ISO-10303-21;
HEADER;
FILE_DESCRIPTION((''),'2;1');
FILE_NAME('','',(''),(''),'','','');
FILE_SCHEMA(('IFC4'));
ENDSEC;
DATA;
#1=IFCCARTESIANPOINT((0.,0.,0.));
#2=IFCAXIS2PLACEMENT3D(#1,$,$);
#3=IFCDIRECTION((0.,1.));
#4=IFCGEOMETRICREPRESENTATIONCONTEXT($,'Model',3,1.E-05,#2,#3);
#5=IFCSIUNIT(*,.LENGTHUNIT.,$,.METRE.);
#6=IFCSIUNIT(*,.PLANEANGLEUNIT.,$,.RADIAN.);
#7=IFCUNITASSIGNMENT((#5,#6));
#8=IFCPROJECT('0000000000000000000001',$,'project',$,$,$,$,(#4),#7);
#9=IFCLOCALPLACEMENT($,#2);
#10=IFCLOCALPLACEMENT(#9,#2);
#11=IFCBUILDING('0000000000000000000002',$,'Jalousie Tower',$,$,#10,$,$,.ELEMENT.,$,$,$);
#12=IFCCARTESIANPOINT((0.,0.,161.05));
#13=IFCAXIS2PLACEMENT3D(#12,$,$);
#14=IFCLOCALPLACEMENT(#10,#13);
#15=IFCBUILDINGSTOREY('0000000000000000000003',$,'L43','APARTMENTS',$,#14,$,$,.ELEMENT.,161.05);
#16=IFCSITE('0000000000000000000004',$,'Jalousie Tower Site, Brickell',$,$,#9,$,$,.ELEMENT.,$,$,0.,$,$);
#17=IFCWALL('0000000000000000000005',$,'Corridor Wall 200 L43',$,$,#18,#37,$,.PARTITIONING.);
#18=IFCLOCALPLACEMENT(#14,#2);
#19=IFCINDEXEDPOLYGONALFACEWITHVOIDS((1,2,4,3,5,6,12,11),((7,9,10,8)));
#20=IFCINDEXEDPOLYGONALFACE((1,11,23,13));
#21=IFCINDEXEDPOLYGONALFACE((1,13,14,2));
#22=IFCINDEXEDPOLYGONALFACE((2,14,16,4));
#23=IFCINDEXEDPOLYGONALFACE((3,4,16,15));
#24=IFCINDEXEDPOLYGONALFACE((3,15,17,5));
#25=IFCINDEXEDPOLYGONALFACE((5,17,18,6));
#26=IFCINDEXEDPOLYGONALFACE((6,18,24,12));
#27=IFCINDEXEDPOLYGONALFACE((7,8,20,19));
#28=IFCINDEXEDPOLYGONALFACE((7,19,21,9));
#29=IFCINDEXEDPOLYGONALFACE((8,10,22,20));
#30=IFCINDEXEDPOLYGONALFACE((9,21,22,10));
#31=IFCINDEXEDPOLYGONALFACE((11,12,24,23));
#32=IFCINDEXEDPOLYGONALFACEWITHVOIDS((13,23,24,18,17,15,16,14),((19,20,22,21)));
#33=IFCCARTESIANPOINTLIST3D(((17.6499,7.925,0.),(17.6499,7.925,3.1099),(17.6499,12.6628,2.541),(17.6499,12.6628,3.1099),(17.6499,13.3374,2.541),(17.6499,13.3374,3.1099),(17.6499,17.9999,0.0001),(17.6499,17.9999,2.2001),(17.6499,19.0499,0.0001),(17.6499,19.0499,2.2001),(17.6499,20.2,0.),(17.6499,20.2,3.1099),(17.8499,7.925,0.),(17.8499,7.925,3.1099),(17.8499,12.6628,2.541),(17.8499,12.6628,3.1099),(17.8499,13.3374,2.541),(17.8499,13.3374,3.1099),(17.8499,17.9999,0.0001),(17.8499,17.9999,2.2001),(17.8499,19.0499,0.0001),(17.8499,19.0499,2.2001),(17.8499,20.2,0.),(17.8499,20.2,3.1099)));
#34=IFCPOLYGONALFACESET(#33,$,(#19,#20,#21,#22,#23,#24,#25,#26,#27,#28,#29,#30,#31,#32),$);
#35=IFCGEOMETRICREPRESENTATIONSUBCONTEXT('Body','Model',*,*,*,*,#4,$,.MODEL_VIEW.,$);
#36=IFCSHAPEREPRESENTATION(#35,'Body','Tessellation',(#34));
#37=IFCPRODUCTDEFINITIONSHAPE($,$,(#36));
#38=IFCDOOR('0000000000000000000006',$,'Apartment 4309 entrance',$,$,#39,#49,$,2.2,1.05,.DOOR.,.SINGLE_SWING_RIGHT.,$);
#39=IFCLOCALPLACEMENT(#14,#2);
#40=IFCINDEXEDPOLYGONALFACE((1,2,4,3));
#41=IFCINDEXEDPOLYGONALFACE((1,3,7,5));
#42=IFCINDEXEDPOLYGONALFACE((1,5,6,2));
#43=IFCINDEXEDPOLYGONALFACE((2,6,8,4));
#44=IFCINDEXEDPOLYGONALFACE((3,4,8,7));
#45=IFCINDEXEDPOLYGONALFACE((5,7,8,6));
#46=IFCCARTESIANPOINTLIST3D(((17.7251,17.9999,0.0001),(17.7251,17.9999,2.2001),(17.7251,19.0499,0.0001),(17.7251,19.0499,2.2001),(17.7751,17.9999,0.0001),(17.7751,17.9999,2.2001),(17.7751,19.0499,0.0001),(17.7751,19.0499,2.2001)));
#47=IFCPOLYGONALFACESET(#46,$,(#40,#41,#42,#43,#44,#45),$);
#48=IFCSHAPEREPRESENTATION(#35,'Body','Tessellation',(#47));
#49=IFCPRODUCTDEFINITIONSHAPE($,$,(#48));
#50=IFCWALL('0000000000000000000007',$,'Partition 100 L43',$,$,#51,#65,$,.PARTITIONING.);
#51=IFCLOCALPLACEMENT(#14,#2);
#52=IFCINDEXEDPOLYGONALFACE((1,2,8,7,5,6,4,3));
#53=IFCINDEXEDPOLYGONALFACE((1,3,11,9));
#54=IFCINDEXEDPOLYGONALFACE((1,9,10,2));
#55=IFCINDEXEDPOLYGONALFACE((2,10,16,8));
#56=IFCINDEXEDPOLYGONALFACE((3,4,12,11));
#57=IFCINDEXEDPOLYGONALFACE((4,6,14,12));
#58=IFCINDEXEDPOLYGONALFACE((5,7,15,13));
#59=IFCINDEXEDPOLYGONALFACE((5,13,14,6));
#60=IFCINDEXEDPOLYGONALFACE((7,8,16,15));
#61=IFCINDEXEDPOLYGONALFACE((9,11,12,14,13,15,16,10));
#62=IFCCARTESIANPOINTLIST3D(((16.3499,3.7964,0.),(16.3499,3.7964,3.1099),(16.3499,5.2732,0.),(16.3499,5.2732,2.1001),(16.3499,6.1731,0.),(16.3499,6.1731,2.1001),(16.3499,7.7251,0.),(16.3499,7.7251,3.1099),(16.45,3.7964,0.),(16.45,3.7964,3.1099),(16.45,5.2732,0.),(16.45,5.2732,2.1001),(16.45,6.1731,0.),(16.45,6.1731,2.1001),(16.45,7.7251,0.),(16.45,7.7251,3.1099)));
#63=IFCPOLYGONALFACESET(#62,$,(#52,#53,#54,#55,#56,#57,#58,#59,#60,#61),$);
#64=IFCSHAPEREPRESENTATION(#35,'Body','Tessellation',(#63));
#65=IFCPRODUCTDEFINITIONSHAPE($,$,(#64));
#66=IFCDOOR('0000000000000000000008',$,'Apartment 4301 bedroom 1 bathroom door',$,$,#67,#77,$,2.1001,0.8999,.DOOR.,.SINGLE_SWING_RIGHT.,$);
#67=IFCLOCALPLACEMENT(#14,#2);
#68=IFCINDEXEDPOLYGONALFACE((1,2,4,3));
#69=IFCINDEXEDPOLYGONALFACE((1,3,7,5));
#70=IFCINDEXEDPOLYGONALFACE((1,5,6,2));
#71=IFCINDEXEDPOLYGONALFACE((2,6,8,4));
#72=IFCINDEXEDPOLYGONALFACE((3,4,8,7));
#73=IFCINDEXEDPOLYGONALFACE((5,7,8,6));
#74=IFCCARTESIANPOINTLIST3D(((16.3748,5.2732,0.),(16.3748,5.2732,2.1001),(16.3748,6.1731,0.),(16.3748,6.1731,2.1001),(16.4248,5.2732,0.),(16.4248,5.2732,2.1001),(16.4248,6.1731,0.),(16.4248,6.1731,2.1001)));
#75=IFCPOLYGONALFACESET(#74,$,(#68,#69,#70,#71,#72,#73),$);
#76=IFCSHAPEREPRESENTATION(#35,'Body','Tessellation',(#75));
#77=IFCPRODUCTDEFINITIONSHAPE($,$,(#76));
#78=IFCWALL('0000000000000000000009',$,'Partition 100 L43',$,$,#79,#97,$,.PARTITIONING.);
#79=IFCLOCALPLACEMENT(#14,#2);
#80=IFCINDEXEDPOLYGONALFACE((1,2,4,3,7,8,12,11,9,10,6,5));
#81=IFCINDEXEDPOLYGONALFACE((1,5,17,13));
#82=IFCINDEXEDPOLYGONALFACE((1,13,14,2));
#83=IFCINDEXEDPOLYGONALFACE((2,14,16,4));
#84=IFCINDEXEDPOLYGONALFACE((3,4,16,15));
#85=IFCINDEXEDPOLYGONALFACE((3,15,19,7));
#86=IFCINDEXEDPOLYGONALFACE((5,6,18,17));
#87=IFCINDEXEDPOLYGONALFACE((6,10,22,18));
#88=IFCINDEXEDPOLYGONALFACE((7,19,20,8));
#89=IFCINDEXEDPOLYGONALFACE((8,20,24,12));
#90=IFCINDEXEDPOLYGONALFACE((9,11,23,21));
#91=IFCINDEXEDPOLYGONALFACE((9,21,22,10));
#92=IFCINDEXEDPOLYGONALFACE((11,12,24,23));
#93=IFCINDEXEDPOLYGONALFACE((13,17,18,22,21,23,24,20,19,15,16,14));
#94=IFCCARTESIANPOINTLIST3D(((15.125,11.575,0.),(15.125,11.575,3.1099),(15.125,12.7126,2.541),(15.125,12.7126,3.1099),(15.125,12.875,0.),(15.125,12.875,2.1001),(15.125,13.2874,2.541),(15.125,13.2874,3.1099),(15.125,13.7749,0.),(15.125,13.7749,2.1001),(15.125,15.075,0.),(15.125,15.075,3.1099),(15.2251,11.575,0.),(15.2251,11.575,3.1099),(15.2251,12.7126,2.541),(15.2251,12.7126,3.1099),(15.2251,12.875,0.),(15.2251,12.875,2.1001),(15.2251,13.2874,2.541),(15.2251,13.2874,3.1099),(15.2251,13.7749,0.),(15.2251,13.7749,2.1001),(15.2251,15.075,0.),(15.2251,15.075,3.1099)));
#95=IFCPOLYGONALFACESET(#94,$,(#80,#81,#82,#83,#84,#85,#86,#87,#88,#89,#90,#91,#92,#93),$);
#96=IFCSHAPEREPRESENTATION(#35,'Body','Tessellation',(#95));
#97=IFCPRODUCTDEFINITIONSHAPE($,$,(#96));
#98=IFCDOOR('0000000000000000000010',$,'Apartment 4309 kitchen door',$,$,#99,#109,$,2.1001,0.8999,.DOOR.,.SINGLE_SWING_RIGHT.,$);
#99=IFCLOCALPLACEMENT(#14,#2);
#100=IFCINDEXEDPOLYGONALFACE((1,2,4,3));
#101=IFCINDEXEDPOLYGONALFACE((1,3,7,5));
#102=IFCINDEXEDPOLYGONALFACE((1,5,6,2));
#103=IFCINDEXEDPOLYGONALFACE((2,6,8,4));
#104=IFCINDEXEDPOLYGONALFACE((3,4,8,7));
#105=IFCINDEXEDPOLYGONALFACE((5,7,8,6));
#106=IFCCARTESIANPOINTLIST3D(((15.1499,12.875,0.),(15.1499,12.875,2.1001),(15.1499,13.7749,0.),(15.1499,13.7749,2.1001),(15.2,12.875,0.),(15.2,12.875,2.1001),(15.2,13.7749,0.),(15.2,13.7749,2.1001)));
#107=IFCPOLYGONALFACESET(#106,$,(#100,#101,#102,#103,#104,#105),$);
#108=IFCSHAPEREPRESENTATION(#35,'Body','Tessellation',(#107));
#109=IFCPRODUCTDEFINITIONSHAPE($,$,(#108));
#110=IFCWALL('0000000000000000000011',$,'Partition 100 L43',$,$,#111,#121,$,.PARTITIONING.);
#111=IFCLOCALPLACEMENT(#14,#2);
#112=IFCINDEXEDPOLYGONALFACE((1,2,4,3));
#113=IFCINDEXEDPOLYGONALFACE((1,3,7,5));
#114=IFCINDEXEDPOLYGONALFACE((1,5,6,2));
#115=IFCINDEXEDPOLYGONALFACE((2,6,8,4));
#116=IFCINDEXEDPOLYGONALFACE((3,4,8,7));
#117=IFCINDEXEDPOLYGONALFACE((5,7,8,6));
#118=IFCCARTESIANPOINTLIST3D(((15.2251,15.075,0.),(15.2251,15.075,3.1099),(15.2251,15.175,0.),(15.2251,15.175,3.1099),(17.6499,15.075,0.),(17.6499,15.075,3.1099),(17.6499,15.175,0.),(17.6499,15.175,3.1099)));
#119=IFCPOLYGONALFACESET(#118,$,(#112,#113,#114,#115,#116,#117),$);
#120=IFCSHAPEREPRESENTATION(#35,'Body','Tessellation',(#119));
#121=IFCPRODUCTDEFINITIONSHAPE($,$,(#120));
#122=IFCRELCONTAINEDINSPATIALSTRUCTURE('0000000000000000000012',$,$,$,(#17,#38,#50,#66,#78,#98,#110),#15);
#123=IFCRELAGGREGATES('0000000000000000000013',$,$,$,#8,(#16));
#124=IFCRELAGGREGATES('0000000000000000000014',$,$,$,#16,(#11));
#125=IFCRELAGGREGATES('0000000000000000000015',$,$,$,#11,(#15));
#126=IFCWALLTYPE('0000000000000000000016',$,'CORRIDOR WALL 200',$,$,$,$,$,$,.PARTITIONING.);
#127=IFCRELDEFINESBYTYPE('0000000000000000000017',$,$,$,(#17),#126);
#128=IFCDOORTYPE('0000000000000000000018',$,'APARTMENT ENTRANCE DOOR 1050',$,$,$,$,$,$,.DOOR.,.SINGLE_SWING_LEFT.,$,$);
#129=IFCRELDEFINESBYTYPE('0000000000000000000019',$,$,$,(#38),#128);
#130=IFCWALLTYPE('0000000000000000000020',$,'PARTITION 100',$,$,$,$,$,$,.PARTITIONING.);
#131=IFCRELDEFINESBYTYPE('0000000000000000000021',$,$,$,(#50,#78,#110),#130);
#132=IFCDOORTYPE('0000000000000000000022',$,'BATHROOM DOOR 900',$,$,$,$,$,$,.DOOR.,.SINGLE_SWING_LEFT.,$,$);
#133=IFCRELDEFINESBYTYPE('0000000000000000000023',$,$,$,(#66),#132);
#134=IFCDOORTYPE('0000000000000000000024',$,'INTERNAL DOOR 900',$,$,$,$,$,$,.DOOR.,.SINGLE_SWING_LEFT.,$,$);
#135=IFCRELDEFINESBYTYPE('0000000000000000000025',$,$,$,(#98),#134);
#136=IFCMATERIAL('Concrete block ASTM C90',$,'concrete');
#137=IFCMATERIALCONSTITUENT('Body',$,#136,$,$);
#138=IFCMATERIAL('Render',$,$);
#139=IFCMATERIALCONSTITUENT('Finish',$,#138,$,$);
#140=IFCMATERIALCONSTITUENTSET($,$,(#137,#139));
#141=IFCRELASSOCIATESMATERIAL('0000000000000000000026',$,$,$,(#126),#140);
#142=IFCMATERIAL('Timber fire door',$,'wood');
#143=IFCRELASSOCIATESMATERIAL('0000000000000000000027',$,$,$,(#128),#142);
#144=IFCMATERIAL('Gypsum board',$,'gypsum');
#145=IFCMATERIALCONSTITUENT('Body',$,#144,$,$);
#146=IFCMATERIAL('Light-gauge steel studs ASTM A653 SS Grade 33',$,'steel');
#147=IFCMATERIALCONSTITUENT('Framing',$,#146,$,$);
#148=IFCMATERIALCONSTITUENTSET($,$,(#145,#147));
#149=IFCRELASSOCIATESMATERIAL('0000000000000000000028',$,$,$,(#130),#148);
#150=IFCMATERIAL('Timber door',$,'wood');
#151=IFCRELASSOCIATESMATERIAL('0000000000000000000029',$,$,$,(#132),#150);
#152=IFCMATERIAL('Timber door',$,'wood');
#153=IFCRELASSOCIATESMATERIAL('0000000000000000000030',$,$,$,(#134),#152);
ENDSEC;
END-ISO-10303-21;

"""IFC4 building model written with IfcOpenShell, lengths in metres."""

from ifc_helpers import new_model, si_unit, direction, frame, frame_2d, origin, place, context, subcontext, project, spatial, polyline, rectangle, outline, extrude, material, constituent, constituent_set, type_object, element, fill, save


model = new_model("IFC4")

# Units and contexts
model_context = context("Model", 3, precision=1e-05, world=origin(), true_north=direction((0.0, 1.0)))
body_context = subcontext(model_context, "Body", "Model", "MODEL_VIEW")
ifc_project = project(units=[si_unit("LENGTHUNIT", "METRE"), si_unit("PLANEANGLEUNIT", "RADIAN")], contexts=[model_context])

# Site, building, storey
site_placement = place(None, origin())
site = spatial("IfcSite", under=ifc_project, at=site_placement, Name="Jalousie Tower Site, Brickell", CompositionType="ELEMENT", RefElevation=0.0)
building_placement = place(site_placement, origin())
building = spatial("IfcBuilding", under=site, at=building_placement, Name="Jalousie Tower", CompositionType="ELEMENT")
storey_placement = place(building_placement, frame((0.0, 0.0, 161.05)))
storey = spatial("IfcBuildingStorey", under=building, at=storey_placement, Name="L43", Description="APARTMENTS", CompositionType="ELEMENT", Elevation=161.05)

# Walls, openings, doors
ifc_material_1 = material(Name="Concrete block ASTM C90", Category="concrete")
ifc_constituent_1 = constituent(ifc_material_1, Name="Body")
ifc_material_2 = material(Name="Render")
ifc_constituent_2 = constituent(ifc_material_2, Name="Finish")
ifc_constituent_set_1 = constituent_set(constituents=[ifc_constituent_1, ifc_constituent_2])
wall_type_1 = type_object("IfcWallType", Name="CORRIDOR WALL 200", PredefinedType="PARTITIONING", material=ifc_constituent_set_1)
ifc_material_3 = material(Name="Timber fire door", Category="wood")
door_type_1 = type_object("IfcDoorType", Name="APARTMENT ENTRANCE DOOR 1050", OperationType="SINGLE_SWING_LEFT", PredefinedType="DOOR", material=ifc_material_3)
wall_1_placement = place(storey_placement, frame((17.75, 7.925, 0.0), z_axis=(0.0, 0.0, 1.0), x_axis=(0.0, 1.0, 0.0)))
wall_1 = element("IfcWall", 1, at=wall_1_placement, inside=storey, type_object=wall_type_1, Name="Corridor Wall 200 L43", PredefinedType="PARTITIONING", context=body_context, shape_type="SweptSolid", body=[
    extrude(outline(polyline([(0.0, 0.0), (12.2749, 0.0), (12.2749, 3.1099), (5.4124, 3.1099), (5.4124, 2.541), (4.7378, 2.541), (4.7378, 3.1099), (0.0, 3.1099), (0.0, 0.0)])), frame((0.0, 0.1001, 0.0), z_axis=(0.0, -1.0, 0.0), x_axis=(1.0, 0.0, 0.0)), (0.0, 0.0, 1.0), 0.2),
])
opening_1_placement = place(wall_1_placement, frame((10.075, 0.0, 0.0)))
opening_1 = element("IfcOpeningElement", 2, at=opening_1_placement, cuts=wall_1, PredefinedType="OPENING", context=body_context, shape_type="SweptSolid", body=[
    extrude(rectangle(XDim=1.05, YDim=2.2, at=frame_2d((0.5249, 1.1001))), frame((0.0, 0.1099, 0.0), z_axis=(0.0, -1.0, 0.0), x_axis=(1.0, 0.0, 0.0)), (0.0, 0.0, 1.0), 0.22),
])
door_1_placement = place(opening_1_placement, origin())
door_1 = element("IfcDoor", 3, at=door_1_placement, inside=storey, type_object=door_type_1, Name="Apartment 4309 entrance", OperationType="SINGLE_SWING_RIGHT", OverallHeight=2.2, OverallWidth=1.05, PredefinedType="DOOR", context=body_context, shape_type="SweptSolid", body=[
    extrude(rectangle(XDim=1.05, YDim=2.2, at=frame_2d((0.5249, 1.1001))), frame((0.0, 0.0249, 0.0), z_axis=(0.0, -1.0, 0.0), x_axis=(1.0, 0.0, 0.0)), (0.0, 0.0, 1.0), 0.05),
])
fill(opening_1, door_1)
ifc_material_4 = material(Name="Gypsum board", Category="gypsum")
ifc_constituent_3 = constituent(ifc_material_4, Name="Body")
ifc_material_5 = material(Name="Light-gauge steel studs ASTM A653 SS Grade 33", Category="steel")
ifc_constituent_4 = constituent(ifc_material_5, Name="Framing")
ifc_constituent_set_2 = constituent_set(constituents=[ifc_constituent_3, ifc_constituent_4])
wall_type_2 = type_object("IfcWallType", Name="PARTITION 100", PredefinedType="PARTITIONING", material=ifc_constituent_set_2)
wall_2_placement = place(storey_placement, frame((16.3999, 3.7964, 0.0), z_axis=(0.0, 0.0, 1.0), x_axis=(0.0, 1.0, 0.0)))
wall_2 = element("IfcWall", 4, at=wall_2_placement, inside=storey, type_object=wall_type_2, Name="Partition 100 L43", PredefinedType="PARTITIONING", context=body_context, shape_type="SweptSolid", body=[
    extrude(rectangle(XDim=3.9287, YDim=0.1001, at=frame_2d((1.9644, 0.0))), origin(), (0.0, 0.0, 1.0), 3.1099),
])
opening_2_placement = place(wall_2_placement, frame((1.4768, 0.0, 0.0)))
opening_2 = element("IfcOpeningElement", 5, at=opening_2_placement, cuts=wall_2, PredefinedType="OPENING", context=body_context, shape_type="SweptSolid", body=[
    extrude(rectangle(XDim=0.8999, YDim=2.1001, at=frame_2d((0.45, 1.05))), frame((0.0, 0.0601, 0.0), z_axis=(0.0, -1.0, 0.0), x_axis=(1.0, 0.0, 0.0)), (0.0, 0.0, 1.0), 0.1201),
])
ifc_material_6 = material(Name="Timber door", Category="wood")
door_type_2 = type_object("IfcDoorType", Name="BATHROOM DOOR 900", OperationType="SINGLE_SWING_LEFT", PredefinedType="DOOR", material=ifc_material_6)
door_2_placement = place(opening_2_placement, frame((0.8999, 0.0, 0.0), z_axis=(0.0, 0.0, 1.0), x_axis=(-1.0, 0.0, 0.0)))
door_2 = element("IfcDoor", 6, at=door_2_placement, inside=storey, type_object=door_type_2, Name="Apartment 4301 bedroom 1 bathroom door", OperationType="SINGLE_SWING_RIGHT", OverallHeight=2.1001, OverallWidth=0.8999, PredefinedType="DOOR", context=body_context, shape_type="SweptSolid", body=[
    extrude(rectangle(XDim=0.8999, YDim=2.1001, at=frame_2d((0.45, 1.05))), frame((0.0, 0.0249, 0.0), z_axis=(0.0, -1.0, 0.0), x_axis=(1.0, 0.0, 0.0)), (0.0, 0.0, 1.0), 0.05),
])
fill(opening_2, door_2)
wall_3_placement = place(storey_placement, frame((15.175, 11.575, 0.0), z_axis=(0.0, 0.0, 1.0), x_axis=(0.0, 1.0, 0.0)))
wall_3 = element("IfcWall", 7, at=wall_3_placement, inside=storey, type_object=wall_type_2, Name="Partition 100 L43", PredefinedType="PARTITIONING", context=body_context, shape_type="SweptSolid", body=[
    extrude(outline(polyline([(0.0, 0.0), (3.5, 0.0), (3.5, 3.1099), (1.7124, 3.1099), (1.7124, 2.541), (1.1377, 2.541), (1.1377, 3.1099), (0.0, 3.1099), (0.0, 0.0)])), frame((0.0, 0.05, 0.0), z_axis=(0.0, -1.0, 0.0), x_axis=(1.0, 0.0, 0.0)), (0.0, 0.0, 1.0), 0.1001),
])
opening_3_placement = place(wall_3_placement, frame((1.3, 0.0, 0.0)))
opening_3 = element("IfcOpeningElement", 8, at=opening_3_placement, cuts=wall_3, PredefinedType="OPENING", context=body_context, shape_type="SweptSolid", body=[
    extrude(rectangle(XDim=0.8999, YDim=2.1001, at=frame_2d((0.45, 1.05))), frame((0.0, 0.0601, 0.0), z_axis=(0.0, -1.0, 0.0), x_axis=(1.0, 0.0, 0.0)), (0.0, 0.0, 1.0), 0.1201),
])
ifc_material_7 = material(Name="Timber door", Category="wood")
door_type_3 = type_object("IfcDoorType", Name="INTERNAL DOOR 900", OperationType="SINGLE_SWING_LEFT", PredefinedType="DOOR", material=ifc_material_7)
door_3_placement = place(opening_3_placement, frame((0.8999, 0.0, 0.0), z_axis=(0.0, 0.0, 1.0), x_axis=(-1.0, 0.0, 0.0)))
door_3 = element("IfcDoor", 9, at=door_3_placement, inside=storey, type_object=door_type_3, Name="Apartment 4309 kitchen door", OperationType="SINGLE_SWING_RIGHT", OverallHeight=2.1001, OverallWidth=0.8999, PredefinedType="DOOR", context=body_context, shape_type="SweptSolid", body=[
    extrude(rectangle(XDim=0.8999, YDim=2.1001, at=frame_2d((0.45, 1.05))), frame((0.0, 0.0249, 0.0), z_axis=(0.0, -1.0, 0.0), x_axis=(1.0, 0.0, 0.0)), (0.0, 0.0, 1.0), 0.05),
])
fill(opening_3, door_3)

# Wall
wall_4_placement = place(storey_placement, frame((15.2251, 15.125, 0.0), z_axis=(0.0, 0.0, 1.0), x_axis=(1.0, 0.0, 0.0)))
element("IfcWall", 10, at=wall_4_placement, inside=storey, type_object=wall_type_2, Name="Partition 100 L43", PredefinedType="PARTITIONING", context=body_context, shape_type="SweptSolid", body=[
    extrude(rectangle(XDim=2.4248, YDim=0.1001, at=frame_2d((1.2124, 0.0))), origin(), (0.0, 0.0, 1.0), 3.1099),
])

save(model, "model.ifc")
